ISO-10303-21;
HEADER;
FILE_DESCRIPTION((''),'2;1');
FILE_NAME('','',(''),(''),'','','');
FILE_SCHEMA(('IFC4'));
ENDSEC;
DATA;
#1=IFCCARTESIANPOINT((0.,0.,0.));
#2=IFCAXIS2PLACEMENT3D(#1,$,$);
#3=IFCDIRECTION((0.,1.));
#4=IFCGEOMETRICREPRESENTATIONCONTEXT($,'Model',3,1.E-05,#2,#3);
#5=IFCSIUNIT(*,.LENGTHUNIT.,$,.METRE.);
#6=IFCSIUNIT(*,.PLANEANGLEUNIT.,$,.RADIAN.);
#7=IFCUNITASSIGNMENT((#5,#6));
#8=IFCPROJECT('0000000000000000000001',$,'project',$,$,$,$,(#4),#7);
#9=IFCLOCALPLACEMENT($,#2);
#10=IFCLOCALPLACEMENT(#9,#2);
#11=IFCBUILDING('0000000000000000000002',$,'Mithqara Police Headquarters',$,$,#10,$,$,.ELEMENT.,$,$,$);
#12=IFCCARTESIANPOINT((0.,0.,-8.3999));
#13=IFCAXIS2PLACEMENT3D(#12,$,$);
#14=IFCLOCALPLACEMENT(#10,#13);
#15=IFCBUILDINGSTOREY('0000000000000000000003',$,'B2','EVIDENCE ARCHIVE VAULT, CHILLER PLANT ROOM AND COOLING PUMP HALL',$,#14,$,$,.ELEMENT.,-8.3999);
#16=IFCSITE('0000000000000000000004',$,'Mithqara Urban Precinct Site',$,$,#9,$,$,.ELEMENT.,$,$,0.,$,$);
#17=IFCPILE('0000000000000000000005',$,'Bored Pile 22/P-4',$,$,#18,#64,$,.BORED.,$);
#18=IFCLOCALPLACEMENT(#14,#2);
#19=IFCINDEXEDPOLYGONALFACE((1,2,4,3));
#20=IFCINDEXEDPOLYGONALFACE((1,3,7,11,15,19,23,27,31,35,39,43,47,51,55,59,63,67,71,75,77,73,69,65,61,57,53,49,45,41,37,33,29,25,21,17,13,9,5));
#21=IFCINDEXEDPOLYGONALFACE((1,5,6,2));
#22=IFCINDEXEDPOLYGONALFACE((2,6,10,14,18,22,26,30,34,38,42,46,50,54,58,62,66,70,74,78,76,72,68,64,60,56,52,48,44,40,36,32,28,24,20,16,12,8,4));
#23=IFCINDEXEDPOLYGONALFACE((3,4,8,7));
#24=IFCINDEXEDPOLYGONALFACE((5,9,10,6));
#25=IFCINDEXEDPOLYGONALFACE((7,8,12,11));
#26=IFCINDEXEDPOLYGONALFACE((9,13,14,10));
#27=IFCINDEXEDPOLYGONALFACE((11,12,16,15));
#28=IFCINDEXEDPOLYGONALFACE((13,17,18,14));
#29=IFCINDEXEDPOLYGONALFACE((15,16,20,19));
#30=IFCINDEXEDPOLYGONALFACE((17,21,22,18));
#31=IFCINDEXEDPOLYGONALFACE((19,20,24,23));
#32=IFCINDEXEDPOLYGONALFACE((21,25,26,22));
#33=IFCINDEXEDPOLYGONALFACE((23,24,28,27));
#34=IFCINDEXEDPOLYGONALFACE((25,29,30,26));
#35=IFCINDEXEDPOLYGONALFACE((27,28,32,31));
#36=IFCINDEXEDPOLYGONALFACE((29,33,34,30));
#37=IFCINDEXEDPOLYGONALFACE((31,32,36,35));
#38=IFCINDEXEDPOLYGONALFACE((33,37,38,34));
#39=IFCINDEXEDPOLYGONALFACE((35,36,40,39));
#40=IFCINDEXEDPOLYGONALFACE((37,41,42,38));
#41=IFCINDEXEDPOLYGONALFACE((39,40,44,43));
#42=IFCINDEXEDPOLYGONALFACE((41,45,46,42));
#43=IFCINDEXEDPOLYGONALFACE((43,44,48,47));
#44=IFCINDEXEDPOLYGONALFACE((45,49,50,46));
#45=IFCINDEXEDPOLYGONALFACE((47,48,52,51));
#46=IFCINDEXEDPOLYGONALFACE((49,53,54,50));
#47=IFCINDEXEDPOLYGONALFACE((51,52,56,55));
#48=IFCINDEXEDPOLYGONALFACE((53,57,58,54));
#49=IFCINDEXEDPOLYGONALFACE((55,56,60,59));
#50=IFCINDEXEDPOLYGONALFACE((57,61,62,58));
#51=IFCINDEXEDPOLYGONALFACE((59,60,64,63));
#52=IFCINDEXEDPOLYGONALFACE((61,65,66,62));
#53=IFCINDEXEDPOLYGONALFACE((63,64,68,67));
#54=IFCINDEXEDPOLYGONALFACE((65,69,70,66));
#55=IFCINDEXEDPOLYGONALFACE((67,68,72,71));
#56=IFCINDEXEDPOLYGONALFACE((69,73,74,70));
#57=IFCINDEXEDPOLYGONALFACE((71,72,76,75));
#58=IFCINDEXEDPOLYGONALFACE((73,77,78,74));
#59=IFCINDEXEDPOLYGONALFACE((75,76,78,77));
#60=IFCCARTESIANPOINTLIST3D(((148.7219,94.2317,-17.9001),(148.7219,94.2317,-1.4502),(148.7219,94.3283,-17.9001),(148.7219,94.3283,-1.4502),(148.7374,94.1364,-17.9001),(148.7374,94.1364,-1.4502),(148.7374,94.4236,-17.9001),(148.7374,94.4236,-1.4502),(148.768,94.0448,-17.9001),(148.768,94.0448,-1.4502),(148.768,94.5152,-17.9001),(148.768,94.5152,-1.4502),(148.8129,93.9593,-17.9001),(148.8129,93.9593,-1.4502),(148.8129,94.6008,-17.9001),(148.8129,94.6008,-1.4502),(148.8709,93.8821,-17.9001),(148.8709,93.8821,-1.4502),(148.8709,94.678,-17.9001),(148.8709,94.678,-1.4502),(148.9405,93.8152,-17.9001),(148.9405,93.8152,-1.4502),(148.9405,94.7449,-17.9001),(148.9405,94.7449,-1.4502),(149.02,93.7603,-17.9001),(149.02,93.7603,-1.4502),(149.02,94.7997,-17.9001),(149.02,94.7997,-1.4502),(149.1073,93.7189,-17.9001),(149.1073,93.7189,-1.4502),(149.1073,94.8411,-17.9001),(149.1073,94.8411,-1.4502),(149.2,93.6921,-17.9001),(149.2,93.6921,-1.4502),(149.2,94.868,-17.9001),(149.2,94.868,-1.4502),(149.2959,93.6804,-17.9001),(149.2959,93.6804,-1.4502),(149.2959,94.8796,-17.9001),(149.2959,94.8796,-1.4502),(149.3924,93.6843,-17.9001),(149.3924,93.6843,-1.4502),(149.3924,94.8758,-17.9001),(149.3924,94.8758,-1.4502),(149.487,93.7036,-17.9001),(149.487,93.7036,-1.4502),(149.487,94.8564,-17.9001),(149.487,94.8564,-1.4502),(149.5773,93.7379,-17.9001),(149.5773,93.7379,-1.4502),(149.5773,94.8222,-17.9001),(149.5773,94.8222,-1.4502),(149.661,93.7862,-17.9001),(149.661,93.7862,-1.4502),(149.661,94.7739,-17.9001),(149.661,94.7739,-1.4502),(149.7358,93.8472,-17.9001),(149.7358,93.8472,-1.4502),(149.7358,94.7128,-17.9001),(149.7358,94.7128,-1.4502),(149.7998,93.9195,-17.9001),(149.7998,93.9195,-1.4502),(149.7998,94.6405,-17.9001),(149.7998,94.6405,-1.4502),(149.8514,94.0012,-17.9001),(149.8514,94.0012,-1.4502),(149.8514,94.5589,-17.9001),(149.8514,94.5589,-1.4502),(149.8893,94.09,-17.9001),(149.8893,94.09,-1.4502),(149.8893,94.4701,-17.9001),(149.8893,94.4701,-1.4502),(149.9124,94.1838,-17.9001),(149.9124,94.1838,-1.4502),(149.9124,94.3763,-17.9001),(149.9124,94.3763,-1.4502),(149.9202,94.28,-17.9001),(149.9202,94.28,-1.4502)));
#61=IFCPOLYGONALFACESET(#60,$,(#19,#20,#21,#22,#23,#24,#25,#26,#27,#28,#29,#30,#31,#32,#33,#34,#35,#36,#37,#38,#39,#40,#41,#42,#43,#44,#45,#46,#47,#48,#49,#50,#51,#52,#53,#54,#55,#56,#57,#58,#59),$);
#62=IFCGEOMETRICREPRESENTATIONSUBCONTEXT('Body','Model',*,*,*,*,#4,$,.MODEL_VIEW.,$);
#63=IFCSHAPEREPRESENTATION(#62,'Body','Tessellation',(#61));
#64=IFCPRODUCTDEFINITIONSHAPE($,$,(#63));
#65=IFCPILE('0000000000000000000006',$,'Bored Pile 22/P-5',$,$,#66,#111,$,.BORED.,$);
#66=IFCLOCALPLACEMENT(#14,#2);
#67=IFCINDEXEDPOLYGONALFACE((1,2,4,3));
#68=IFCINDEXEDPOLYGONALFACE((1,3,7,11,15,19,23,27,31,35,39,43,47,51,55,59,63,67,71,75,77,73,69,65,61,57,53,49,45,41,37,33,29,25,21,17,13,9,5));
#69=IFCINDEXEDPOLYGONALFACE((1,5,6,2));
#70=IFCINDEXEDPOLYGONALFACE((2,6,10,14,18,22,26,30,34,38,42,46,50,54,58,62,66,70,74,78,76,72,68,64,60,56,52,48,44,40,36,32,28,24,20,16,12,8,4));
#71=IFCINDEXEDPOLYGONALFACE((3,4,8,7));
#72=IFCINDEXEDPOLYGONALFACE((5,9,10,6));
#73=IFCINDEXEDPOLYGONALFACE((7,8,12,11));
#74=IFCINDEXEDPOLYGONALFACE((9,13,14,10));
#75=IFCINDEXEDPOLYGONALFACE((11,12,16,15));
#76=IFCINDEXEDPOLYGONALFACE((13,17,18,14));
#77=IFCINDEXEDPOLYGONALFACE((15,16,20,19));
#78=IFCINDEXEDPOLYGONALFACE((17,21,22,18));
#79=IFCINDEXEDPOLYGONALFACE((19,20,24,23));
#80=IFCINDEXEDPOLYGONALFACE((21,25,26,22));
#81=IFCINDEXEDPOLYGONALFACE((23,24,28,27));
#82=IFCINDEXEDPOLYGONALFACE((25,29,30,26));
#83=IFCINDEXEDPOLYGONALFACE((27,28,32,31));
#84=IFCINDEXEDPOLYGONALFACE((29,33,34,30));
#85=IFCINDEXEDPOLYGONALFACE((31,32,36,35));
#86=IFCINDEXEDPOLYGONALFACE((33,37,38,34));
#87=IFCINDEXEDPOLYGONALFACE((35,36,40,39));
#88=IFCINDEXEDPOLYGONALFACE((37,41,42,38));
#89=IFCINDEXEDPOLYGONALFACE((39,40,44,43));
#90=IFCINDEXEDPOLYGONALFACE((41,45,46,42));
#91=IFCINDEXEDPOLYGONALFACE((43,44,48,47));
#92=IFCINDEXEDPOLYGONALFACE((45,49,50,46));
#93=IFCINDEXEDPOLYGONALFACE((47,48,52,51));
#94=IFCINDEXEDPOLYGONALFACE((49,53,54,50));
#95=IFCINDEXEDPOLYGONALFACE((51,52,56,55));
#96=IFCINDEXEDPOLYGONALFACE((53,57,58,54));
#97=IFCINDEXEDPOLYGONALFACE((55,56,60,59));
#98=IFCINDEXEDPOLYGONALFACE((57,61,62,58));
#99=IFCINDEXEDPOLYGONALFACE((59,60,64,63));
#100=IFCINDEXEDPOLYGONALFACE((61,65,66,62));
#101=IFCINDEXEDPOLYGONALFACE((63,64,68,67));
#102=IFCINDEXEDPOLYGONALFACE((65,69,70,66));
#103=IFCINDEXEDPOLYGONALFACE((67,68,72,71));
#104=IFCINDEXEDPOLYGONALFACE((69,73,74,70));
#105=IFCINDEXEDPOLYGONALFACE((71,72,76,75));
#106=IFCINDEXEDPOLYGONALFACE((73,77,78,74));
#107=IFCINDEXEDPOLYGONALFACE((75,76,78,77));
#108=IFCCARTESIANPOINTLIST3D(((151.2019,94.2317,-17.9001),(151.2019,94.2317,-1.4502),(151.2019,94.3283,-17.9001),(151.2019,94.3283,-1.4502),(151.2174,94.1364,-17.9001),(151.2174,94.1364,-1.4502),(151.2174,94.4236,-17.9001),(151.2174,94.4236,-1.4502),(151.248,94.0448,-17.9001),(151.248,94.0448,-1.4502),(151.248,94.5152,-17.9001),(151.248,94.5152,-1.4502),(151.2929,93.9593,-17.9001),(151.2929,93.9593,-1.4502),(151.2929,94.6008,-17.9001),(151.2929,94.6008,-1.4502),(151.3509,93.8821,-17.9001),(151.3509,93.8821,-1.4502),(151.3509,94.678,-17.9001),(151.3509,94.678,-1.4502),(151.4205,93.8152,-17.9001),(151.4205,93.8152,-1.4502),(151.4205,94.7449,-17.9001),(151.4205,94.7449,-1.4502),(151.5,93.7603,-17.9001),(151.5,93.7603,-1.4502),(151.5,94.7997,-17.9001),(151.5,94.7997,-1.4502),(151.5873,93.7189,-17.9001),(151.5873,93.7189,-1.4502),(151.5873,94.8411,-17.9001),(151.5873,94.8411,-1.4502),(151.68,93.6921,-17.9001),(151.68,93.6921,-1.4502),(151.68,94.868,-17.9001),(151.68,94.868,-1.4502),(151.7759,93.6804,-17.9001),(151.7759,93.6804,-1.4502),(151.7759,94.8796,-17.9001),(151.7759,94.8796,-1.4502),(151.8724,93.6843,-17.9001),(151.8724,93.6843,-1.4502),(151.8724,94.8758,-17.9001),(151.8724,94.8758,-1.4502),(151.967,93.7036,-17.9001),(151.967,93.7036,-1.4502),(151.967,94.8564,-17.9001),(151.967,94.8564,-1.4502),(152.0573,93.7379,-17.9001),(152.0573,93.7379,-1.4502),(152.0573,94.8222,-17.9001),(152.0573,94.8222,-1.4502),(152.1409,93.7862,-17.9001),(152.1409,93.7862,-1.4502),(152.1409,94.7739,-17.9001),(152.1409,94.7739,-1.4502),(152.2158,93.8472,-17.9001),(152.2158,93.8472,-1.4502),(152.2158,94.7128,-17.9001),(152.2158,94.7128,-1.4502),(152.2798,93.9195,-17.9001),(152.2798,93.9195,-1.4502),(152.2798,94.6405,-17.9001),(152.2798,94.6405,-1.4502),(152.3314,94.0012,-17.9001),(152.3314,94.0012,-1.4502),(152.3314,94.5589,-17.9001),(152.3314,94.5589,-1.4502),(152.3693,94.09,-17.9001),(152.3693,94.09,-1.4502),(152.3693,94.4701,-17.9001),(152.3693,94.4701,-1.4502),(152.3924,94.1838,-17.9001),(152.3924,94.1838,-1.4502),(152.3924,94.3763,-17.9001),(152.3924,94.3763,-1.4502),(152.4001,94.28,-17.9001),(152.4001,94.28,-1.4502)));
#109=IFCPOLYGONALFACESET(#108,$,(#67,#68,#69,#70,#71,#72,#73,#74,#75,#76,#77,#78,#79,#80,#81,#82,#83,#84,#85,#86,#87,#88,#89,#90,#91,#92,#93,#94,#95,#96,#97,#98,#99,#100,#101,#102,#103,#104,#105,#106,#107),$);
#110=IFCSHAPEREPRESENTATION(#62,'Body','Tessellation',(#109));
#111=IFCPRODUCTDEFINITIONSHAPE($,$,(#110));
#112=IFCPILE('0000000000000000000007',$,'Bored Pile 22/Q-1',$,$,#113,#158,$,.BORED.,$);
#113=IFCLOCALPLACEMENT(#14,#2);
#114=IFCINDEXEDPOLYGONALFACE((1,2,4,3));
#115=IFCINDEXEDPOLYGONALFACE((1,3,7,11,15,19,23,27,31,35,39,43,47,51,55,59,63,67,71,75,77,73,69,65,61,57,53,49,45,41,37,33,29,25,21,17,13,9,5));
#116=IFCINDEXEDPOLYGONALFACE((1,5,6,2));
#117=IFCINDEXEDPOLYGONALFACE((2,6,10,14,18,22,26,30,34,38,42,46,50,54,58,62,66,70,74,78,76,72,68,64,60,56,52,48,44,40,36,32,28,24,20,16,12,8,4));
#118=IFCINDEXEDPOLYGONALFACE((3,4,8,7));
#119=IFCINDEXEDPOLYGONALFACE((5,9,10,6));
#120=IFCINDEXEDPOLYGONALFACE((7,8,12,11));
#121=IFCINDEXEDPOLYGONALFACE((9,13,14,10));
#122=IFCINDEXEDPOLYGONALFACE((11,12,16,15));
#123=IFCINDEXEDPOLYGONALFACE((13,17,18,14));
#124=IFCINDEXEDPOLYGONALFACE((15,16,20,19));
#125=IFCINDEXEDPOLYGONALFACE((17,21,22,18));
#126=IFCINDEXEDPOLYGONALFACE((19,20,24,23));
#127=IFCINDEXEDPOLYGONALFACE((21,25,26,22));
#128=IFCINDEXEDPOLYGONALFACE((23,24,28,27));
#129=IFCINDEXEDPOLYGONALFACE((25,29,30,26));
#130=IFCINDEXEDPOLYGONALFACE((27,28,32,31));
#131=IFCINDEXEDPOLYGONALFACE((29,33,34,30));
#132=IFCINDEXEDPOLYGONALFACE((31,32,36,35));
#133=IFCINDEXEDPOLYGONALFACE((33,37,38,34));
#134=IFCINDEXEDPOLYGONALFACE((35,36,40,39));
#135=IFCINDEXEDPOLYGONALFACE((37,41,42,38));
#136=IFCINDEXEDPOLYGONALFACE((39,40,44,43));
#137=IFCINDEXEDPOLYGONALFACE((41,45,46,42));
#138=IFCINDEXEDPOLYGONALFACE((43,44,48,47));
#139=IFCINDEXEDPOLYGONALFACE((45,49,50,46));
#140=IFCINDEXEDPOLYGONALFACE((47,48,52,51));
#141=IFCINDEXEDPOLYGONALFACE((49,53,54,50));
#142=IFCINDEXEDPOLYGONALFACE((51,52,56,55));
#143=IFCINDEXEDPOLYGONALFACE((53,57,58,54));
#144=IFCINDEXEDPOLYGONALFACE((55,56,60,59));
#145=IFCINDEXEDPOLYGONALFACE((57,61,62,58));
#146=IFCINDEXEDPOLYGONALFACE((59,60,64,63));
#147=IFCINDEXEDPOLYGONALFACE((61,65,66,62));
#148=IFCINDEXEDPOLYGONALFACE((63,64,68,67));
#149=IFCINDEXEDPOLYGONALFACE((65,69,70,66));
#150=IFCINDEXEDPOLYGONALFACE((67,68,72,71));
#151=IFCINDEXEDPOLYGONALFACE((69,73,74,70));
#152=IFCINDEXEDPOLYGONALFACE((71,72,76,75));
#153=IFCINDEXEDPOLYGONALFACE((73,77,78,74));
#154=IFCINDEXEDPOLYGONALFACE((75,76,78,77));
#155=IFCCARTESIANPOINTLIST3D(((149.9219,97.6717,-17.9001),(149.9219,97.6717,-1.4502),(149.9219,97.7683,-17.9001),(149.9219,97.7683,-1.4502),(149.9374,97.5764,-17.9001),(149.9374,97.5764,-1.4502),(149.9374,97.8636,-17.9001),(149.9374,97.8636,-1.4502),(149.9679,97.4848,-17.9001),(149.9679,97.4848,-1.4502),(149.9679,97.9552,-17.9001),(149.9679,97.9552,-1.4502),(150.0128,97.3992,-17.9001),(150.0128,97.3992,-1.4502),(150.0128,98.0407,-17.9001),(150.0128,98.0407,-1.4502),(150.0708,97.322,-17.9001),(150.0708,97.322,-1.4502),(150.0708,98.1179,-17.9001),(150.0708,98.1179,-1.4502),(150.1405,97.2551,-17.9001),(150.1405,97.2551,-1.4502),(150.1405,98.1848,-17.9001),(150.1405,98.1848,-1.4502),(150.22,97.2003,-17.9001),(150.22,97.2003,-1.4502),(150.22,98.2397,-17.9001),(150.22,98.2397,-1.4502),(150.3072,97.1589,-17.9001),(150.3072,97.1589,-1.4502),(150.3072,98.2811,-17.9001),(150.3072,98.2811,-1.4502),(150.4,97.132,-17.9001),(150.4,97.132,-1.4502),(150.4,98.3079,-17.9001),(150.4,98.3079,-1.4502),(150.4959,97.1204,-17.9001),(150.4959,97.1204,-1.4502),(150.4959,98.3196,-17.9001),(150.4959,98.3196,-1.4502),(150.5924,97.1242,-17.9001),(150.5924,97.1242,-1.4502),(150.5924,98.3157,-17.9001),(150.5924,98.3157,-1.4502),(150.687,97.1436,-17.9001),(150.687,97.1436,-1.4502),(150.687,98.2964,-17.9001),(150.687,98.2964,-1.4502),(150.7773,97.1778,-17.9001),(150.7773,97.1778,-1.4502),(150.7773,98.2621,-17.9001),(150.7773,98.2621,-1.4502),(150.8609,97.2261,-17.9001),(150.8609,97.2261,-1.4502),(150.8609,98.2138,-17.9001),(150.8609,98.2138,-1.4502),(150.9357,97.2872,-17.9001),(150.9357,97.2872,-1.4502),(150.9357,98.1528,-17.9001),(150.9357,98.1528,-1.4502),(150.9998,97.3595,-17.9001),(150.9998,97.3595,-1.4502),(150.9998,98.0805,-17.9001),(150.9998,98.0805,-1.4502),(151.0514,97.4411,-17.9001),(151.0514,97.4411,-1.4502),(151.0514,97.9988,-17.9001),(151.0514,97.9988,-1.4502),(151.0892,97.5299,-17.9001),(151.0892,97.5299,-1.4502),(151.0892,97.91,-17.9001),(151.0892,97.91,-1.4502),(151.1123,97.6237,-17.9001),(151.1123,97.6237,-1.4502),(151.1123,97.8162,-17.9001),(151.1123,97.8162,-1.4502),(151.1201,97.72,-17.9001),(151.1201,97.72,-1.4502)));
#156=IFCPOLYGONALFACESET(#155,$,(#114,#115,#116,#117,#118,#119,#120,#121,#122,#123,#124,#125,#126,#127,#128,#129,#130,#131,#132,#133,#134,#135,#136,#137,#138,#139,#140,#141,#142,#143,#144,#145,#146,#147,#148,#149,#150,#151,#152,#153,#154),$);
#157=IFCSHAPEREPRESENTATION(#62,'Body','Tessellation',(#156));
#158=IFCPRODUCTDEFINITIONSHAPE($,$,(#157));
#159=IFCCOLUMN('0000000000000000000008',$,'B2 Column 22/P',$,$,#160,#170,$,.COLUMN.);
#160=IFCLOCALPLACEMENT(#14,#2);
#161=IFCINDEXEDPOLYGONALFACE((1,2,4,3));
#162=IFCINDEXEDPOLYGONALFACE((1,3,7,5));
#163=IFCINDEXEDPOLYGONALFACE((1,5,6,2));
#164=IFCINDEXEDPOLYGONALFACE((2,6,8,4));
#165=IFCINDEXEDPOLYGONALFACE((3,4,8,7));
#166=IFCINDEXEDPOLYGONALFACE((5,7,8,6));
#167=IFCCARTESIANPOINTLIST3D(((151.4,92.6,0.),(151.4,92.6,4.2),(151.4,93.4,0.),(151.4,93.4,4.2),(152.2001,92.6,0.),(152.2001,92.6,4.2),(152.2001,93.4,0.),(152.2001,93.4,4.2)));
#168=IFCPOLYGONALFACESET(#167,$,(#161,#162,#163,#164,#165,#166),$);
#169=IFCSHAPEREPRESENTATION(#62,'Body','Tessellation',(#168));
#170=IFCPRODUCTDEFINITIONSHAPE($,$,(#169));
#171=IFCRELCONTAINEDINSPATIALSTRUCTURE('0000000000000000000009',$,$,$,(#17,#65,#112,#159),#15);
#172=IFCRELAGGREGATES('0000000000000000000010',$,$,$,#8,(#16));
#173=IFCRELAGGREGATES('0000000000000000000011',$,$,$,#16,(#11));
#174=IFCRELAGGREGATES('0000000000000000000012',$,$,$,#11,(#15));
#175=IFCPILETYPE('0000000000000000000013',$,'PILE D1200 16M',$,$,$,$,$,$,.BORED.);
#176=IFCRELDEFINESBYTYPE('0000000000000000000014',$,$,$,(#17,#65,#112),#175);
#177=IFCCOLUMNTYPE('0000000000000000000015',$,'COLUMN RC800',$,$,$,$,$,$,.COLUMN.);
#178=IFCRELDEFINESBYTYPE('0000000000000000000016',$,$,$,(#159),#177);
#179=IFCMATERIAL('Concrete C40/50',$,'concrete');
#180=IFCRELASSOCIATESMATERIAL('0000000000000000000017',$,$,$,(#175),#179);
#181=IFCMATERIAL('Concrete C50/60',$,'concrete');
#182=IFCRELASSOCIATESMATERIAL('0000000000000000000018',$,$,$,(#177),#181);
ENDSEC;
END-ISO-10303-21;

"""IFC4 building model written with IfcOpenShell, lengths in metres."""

from ifc_helpers import new_model, si_unit, direction, frame, origin, origin_2d, place, context, subcontext, project, spatial, rectangle, circle, extrude, material, material_profile, profile_set, type_object, element, save


model = new_model("IFC4")

# Units and contexts
model_context = context("Model", 3, precision=1e-05, world=origin(), true_north=direction((0.0, 1.0)))
body_context = subcontext(model_context, "Body", "Model", "MODEL_VIEW")
ifc_project = project(units=[si_unit("LENGTHUNIT", "METRE"), si_unit("PLANEANGLEUNIT", "RADIAN")], contexts=[model_context])

# Site, building, storey
site_placement = place(None, origin())
site = spatial("IfcSite", under=ifc_project, at=site_placement, Name="Mithqara Urban Precinct Site", CompositionType="ELEMENT", RefElevation=0.0)
building_placement = place(site_placement, origin())
building = spatial("IfcBuilding", under=site, at=building_placement, Name="Mithqara Police Headquarters", CompositionType="ELEMENT")
storey_placement = place(building_placement, frame((0.0, 0.0, -8.3999)))
storey = spatial("IfcBuildingStorey", under=building, at=storey_placement, Name="B2", Description="EVIDENCE ARCHIVE VAULT, CHILLER PLANT ROOM AND COOLING PUMP HALL", CompositionType="ELEMENT", Elevation=-8.3999)

# Shared definitions
ifc_material_1 = material(Name="Concrete C40/50", Category="concrete")

# Piles
ifc_material_profile_1 = material_profile(ifc_material_1, circle(Radius=0.6001, at=origin_2d()), Name="PILE D1200")
ifc_profile_set_1 = profile_set([ifc_material_profile_1], Name="Concrete C40/50")
pile_type = type_object("IfcPileType", Name="PILE D1200 16M", PredefinedType="BORED", material=ifc_profile_set_1)
for number, where, z_axis, x_axis, name in (
    (1, (149.3201, 94.28, -1.4502), (0.0, 0.0, -1.0), (1.0, 0.0, 0.0), "Bored Pile 22/P-4"),
    (2, (151.8, 94.28, -1.4502), (0.0, 0.0, -1.0), (1.0, 0.0, 0.0), "Bored Pile 22/P-5"),
    (3, (150.52, 97.72, -1.4502), (0.0, 0.0, -1.0), (1.0, 0.0, 0.0), "Bored Pile 22/Q-1"),
):
    element("IfcPile", number, at=place(storey_placement, frame(where, z_axis=z_axis, x_axis=x_axis)), inside=storey, type_object=pile_type, Name=name, PredefinedType="BORED", context=body_context, shape_type="SweptSolid", body=[
        extrude(circle(Radius=0.6001, at=origin_2d()), origin(), (0.0, 0.0, 1.0), 16.45),
    ])

# Column
ifc_material_2 = material(Name="Concrete C50/60", Category="concrete")
ifc_material_profile_2 = material_profile(ifc_material_2, rectangle(XDim=0.8, YDim=0.8, at=origin_2d()), Name="RC 800x800")
ifc_profile_set_2 = profile_set([ifc_material_profile_2], Name="Concrete C50/60")
column_type = type_object("IfcColumnType", Name="COLUMN RC800", PredefinedType="COLUMN", material=ifc_profile_set_2)
column_placement = place(storey_placement, frame((151.8, 93.0, 0.0), z_axis=(0.0, 0.0, 1.0), x_axis=(1.0, 0.0, 0.0)))
element("IfcColumn", 4, at=column_placement, inside=storey, type_object=column_type, Name="B2 Column 22/P", PredefinedType="COLUMN", context=body_context, shape_type="SweptSolid", body=[
    extrude(rectangle(XDim=0.8, YDim=0.8, at=origin_2d()), origin(), (0.0, 0.0, 1.0), 4.2),
])

save(model, "model.ifc")
